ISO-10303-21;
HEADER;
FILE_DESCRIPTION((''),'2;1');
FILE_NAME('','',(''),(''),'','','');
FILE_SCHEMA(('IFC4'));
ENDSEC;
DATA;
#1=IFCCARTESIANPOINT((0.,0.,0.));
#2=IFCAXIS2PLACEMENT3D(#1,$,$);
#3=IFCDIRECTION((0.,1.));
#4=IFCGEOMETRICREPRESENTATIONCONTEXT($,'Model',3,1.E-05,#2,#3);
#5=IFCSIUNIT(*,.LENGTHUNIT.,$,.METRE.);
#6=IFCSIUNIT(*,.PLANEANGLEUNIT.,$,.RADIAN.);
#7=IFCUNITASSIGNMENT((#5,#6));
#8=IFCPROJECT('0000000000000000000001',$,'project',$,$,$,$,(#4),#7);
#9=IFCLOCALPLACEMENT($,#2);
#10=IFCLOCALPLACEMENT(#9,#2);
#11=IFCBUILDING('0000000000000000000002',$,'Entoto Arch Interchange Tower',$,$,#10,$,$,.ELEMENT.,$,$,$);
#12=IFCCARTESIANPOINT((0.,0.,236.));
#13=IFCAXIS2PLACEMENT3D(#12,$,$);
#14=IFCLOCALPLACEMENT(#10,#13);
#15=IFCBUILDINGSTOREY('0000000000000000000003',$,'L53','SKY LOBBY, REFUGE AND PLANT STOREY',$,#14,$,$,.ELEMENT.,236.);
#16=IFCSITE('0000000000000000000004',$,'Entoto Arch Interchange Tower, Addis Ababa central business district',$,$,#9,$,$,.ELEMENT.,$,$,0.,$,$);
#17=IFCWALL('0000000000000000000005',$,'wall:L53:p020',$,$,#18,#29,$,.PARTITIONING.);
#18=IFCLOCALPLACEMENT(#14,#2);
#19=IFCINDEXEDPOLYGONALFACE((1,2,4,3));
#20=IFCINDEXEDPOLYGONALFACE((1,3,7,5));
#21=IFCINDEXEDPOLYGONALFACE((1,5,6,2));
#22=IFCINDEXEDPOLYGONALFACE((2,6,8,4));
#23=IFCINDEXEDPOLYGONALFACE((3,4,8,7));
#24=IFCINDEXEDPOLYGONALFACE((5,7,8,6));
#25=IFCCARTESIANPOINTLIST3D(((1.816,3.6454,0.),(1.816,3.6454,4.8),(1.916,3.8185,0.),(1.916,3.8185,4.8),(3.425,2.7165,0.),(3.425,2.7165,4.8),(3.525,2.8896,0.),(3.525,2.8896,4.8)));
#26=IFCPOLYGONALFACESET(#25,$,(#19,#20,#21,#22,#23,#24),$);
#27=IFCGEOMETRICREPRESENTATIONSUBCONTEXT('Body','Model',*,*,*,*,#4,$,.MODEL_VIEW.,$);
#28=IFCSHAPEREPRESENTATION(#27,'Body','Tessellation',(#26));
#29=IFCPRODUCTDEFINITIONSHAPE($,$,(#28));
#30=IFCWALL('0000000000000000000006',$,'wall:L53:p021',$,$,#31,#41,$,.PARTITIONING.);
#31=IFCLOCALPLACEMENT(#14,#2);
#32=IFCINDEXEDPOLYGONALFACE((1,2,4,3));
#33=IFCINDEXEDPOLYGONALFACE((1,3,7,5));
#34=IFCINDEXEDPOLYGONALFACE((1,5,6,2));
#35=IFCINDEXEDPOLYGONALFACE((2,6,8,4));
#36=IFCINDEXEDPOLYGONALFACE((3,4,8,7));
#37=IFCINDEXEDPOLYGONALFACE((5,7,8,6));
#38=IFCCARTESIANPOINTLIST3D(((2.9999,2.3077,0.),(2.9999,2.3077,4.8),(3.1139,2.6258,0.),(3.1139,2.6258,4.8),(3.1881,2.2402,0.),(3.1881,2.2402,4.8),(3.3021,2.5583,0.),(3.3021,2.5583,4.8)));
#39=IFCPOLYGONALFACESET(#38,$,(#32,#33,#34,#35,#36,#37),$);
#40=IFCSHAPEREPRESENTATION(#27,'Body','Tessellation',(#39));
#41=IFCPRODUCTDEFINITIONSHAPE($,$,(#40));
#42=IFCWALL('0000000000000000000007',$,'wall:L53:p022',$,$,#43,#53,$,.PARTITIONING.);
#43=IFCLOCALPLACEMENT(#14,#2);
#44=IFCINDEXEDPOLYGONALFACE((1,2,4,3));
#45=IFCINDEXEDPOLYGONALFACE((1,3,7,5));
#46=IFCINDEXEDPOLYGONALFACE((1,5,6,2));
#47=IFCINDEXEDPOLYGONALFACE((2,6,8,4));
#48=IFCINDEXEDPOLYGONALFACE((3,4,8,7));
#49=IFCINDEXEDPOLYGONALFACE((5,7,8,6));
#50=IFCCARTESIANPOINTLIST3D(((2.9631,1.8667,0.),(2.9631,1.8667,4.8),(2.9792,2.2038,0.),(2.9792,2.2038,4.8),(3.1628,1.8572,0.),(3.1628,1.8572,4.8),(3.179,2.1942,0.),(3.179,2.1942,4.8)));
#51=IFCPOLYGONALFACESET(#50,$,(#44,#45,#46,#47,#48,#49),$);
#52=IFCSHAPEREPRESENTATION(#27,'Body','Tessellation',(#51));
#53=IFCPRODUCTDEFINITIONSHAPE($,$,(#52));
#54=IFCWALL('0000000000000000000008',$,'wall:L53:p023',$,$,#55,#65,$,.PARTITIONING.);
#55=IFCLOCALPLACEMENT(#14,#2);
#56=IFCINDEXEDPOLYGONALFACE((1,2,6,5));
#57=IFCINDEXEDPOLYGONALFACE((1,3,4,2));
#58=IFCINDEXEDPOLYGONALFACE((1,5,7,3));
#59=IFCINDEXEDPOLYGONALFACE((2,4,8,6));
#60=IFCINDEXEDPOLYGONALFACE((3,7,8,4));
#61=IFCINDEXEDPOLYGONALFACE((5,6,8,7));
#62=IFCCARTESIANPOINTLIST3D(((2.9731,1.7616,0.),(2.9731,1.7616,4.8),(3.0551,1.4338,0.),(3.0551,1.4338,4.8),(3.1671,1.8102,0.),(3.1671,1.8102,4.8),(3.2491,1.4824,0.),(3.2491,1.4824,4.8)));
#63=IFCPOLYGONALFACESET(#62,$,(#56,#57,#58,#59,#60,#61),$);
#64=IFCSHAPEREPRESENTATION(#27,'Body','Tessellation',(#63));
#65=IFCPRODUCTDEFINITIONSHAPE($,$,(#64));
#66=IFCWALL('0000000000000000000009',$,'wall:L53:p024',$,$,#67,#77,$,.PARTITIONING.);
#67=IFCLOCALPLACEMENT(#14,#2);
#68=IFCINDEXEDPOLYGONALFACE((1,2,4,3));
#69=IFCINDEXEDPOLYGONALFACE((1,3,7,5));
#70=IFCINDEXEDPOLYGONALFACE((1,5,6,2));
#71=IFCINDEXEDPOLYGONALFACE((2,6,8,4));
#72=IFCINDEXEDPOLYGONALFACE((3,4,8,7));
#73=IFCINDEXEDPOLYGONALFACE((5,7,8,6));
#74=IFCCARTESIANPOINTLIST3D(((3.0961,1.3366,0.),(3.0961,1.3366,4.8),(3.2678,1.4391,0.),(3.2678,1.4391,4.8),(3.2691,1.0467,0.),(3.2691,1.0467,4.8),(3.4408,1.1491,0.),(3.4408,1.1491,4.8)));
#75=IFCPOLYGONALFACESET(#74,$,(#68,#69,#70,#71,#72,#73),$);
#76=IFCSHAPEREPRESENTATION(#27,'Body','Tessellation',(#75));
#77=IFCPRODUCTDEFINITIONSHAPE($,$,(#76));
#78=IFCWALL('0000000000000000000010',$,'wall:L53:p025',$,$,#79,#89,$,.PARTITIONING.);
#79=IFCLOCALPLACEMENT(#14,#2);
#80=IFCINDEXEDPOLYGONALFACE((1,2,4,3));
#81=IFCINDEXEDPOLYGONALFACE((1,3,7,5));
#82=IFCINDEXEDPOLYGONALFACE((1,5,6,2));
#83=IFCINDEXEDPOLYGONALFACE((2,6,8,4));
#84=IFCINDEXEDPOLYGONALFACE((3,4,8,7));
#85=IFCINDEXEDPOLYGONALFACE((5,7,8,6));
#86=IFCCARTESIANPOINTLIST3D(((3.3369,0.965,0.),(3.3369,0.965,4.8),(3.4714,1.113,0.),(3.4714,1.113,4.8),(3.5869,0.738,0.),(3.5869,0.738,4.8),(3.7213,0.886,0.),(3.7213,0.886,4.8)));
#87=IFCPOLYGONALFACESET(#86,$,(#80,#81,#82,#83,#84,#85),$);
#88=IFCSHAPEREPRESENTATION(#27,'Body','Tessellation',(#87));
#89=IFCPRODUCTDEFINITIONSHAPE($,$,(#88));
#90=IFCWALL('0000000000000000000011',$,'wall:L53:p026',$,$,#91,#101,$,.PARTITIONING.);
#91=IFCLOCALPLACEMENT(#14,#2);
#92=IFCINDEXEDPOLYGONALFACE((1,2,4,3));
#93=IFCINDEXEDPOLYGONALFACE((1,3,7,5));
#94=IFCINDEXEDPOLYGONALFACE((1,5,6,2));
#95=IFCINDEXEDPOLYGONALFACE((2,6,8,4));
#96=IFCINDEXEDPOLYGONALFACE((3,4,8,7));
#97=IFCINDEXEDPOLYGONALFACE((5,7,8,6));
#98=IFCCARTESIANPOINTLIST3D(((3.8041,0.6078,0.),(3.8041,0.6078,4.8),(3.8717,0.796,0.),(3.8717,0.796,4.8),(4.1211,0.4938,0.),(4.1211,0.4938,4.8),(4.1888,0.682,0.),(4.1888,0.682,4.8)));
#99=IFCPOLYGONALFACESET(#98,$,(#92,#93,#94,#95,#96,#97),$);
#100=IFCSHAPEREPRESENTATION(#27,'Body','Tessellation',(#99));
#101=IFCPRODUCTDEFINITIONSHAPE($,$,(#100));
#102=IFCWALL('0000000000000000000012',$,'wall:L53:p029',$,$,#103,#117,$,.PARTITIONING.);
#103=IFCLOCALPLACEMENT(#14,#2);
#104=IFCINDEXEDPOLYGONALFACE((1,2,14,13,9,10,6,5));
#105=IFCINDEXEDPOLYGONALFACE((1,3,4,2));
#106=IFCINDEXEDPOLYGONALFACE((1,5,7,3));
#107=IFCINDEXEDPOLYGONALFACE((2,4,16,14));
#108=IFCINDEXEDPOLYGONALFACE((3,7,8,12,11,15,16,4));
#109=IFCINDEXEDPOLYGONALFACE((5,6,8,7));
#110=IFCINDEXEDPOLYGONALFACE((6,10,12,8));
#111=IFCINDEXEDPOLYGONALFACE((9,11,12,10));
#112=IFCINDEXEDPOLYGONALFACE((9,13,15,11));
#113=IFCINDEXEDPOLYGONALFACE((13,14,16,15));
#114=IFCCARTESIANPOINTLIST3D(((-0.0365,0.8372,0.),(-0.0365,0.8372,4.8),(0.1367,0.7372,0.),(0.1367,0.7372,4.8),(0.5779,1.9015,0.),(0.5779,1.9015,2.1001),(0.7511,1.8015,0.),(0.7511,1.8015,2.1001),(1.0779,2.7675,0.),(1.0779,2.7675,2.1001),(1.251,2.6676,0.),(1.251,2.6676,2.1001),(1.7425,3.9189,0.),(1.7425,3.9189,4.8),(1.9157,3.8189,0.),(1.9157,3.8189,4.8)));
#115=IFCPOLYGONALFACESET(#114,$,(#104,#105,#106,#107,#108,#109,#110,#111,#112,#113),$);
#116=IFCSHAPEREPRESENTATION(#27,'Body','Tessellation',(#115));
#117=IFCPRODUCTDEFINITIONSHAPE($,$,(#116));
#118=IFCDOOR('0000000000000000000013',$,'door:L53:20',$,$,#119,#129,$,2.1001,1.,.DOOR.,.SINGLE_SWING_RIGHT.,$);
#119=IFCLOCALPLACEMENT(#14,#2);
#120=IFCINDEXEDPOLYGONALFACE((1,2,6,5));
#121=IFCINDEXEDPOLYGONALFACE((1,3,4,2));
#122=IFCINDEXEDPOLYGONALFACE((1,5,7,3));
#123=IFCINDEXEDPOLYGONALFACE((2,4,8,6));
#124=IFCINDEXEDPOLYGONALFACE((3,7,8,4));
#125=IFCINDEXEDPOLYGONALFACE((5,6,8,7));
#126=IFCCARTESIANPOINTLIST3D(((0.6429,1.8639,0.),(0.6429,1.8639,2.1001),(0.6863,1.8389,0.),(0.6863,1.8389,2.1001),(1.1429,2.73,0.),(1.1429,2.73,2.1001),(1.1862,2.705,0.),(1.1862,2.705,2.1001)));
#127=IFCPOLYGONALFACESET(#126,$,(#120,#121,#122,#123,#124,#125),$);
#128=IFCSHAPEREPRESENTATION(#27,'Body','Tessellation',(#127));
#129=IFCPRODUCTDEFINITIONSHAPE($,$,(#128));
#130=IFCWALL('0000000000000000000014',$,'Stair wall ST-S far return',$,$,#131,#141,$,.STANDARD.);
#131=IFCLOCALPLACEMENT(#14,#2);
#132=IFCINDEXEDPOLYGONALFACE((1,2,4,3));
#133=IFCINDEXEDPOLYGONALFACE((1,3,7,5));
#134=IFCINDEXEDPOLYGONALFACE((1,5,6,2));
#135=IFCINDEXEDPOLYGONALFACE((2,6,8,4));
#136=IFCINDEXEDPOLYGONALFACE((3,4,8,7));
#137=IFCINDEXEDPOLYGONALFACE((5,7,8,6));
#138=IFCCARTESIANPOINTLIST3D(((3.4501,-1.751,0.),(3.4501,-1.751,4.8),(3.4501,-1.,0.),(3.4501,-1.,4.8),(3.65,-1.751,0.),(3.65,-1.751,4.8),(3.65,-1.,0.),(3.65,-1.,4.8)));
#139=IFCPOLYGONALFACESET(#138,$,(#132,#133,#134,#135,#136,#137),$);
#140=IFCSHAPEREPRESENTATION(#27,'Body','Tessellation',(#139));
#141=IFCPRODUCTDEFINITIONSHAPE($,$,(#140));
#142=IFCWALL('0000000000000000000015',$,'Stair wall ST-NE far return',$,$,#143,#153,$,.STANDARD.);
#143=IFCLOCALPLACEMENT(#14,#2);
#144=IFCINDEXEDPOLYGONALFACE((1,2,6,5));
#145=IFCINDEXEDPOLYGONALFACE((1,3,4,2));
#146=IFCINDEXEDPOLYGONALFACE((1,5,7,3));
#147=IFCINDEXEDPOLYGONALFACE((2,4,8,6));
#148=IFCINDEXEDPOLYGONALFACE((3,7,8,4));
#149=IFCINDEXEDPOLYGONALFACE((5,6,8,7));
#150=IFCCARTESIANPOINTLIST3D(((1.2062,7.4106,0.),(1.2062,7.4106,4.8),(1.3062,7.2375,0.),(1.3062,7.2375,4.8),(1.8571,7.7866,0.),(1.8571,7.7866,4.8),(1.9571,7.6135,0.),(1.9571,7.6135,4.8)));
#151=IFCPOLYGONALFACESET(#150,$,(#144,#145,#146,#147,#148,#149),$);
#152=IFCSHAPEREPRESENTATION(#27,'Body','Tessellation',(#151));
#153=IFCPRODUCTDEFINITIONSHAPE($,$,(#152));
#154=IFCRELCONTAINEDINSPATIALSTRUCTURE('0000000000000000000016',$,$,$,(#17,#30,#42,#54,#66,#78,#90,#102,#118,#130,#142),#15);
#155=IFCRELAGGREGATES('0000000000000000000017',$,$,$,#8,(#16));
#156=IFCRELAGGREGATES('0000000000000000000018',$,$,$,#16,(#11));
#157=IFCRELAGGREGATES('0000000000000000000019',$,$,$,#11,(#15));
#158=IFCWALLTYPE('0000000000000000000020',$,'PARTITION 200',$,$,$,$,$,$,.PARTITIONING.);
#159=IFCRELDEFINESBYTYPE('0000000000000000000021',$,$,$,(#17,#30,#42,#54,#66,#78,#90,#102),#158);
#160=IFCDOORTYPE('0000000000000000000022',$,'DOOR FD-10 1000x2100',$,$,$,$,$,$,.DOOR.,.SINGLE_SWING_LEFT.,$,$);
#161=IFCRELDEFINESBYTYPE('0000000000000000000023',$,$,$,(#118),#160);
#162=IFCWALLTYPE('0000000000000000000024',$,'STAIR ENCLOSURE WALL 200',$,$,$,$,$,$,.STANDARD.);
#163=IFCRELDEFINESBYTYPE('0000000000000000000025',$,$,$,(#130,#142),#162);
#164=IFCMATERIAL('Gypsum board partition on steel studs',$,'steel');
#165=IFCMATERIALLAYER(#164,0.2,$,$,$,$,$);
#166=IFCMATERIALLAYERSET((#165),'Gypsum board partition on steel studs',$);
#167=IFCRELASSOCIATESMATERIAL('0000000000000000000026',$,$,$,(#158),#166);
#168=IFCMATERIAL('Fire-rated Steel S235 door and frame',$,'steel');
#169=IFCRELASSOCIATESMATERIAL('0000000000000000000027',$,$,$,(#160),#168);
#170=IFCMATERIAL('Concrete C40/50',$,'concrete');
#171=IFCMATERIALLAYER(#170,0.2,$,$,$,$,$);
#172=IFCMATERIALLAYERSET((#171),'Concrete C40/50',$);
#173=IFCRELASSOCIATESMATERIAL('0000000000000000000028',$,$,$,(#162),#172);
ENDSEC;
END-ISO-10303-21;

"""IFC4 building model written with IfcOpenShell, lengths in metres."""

from ifc_helpers import new_model, si_unit, direction, frame, frame_2d, origin, place, context, subcontext, project, spatial, rectangle, extrude, material, layer, layer_set, type_object, element, fill, save


model = new_model("IFC4")

# Units and contexts
model_context = context("Model", 3, precision=1e-05, world=origin(), true_north=direction((0.0, 1.0)))
body_context = subcontext(model_context, "Body", "Model", "MODEL_VIEW")
ifc_project = project(units=[si_unit("LENGTHUNIT", "METRE"), si_unit("PLANEANGLEUNIT", "RADIAN")], contexts=[model_context])

# Site, building, storey
site_placement = place(None, origin())
site = spatial("IfcSite", under=ifc_project, at=site_placement, Name="Entoto Arch Interchange Tower, Addis Ababa central business district", CompositionType="ELEMENT", RefElevation=0.0)
building_placement = place(site_placement, origin())
building = spatial("IfcBuilding", under=site, at=building_placement, Name="Entoto Arch Interchange Tower", CompositionType="ELEMENT")
storey_placement = place(building_placement, frame((0.0, 0.0, 236.0)))
storey = spatial("IfcBuildingStorey", under=building, at=storey_placement, Name="L53", Description="SKY LOBBY, REFUGE AND PLANT STOREY", CompositionType="ELEMENT", Elevation=236.0)

# Shared definitions
ifc_material_1 = material(Name="Concrete C40/50", Category="concrete")

# Walls
ifc_material_2 = material(Name="Gypsum board partition on steel studs", Category="steel")
ifc_layer_1 = layer(ifc_material_2, 0.2)
ifc_layer_set_1 = layer_set([ifc_layer_1], Name="Gypsum board partition on steel studs")
wall_type_1 = type_object("IfcWallType", Name="PARTITION 200", PredefinedType="PARTITIONING", material=ifc_layer_set_1)
wall_1_placement = place(storey_placement, frame((1.866, 3.7319, 0.0), z_axis=(0.0, 0.0, 1.0), x_axis=(0.866043, -0.499969, 0.0)))
element("IfcWall", 1, at=wall_1_placement, inside=storey, type_object=wall_type_1, Name="wall:L53:p020", PredefinedType="PARTITIONING", context=body_context, shape_type="SweptSolid", body=[
    extrude(rectangle(XDim=1.8579, YDim=0.2, at=frame_2d((0.929, 0.0))), origin(), (0.0, 0.0, 1.0), 4.8),
])
wall_2_placement = place(storey_placement, frame((3.208, 2.592, 0.0), z_axis=(0.0, 0.0, 1.0), x_axis=(-0.337389, -0.941365, 0.0)))
element("IfcWall", 2, at=wall_2_placement, inside=storey, type_object=wall_type_1, Name="wall:L53:p021", PredefinedType="PARTITIONING", context=body_context, shape_type="SweptSolid", body=[
    extrude(rectangle(XDim=0.3379, YDim=0.2, at=frame_2d((0.1689, 0.0))), origin(), (0.0, 0.0, 1.0), 4.8),
])
wall_3_placement = place(storey_placement, frame((3.0791, 2.199, 0.0), z_axis=(0.0, 0.0, 1.0), x_axis=(-0.047771, -0.998858, 0.0)))
element("IfcWall", 3, at=wall_3_placement, inside=storey, type_object=wall_type_1, Name="wall:L53:p022", PredefinedType="PARTITIONING", context=body_context, shape_type="SweptSolid", body=[
    extrude(rectangle(XDim=0.3374, YDim=0.2, at=frame_2d((0.1687, 0.0))), origin(), (0.0, 0.0, 1.0), 4.8),
])
wall_4_placement = place(storey_placement, frame((3.0701, 1.7859, 0.0), z_axis=(0.0, 0.0, 1.0), x_axis=(0.242706, -0.9701, 0.0)))
element("IfcWall", 4, at=wall_4_placement, inside=storey, type_object=wall_type_1, Name="wall:L53:p023", PredefinedType="PARTITIONING", context=body_context, shape_type="SweptSolid", body=[
    extrude(rectangle(XDim=0.3379, YDim=0.2, at=frame_2d((0.1689, 0.0))), origin(), (0.0, 0.0, 1.0), 4.8),
])
for number, where, z_axis, x_axis, name in (
    (5, (3.1819, 1.3879, 0.0), (0.0, 0.0, 1.0), (0.512475, -0.858702, 0.0), "wall:L53:p024"),
    (6, (3.4041, 1.0391, 0.0), (0.0, 0.0, 1.0), (0.740267, -0.672313, 0.0), "wall:L53:p025"),
):
    element("IfcWall", number, at=place(storey_placement, frame(where, z_axis=z_axis, x_axis=x_axis)), inside=storey, type_object=wall_type_1, Name=name, PredefinedType="PARTITIONING", context=body_context, shape_type="SweptSolid", body=[
        extrude(rectangle(XDim=0.3376, YDim=0.2, at=frame_2d((0.1689, 0.0))), origin(), (0.0, 0.0, 1.0), 4.8),
    ])
wall_5_placement = place(storey_placement, frame((3.8379, 0.7019, 0.0), z_axis=(0.0, 0.0, 1.0), x_axis=(0.941035, -0.338309, 0.0)))
element("IfcWall", 7, at=wall_5_placement, inside=storey, type_object=wall_type_1, Name="wall:L53:p026", PredefinedType="PARTITIONING", context=body_context, shape_type="SweptSolid", body=[
    extrude(rectangle(XDim=0.3369, YDim=0.2, at=frame_2d((0.1685, 0.0))), origin(), (0.0, 0.0, 1.0), 4.8),
])

# Wall, opening, door
wall_6_placement = place(storey_placement, frame((0.05, 0.7871, 0.0), z_axis=(0.0, 0.0, 1.0), x_axis=(0.499954, 0.866052, 0.0)))
wall_6 = element("IfcWall", 8, at=wall_6_placement, inside=storey, type_object=wall_type_1, Name="wall:L53:p029", PredefinedType="PARTITIONING", context=body_context, shape_type="SweptSolid", body=[
    extrude(rectangle(XDim=3.5583, YDim=0.2, at=frame_2d((1.7793, 0.0))), origin(), (0.0, 0.0, 1.0), 4.8),
])
opening_placement = place(wall_6_placement, frame((1.229, 0.0, 0.0)))
opening = element("IfcOpeningElement", 9, at=opening_placement, cuts=wall_6, PredefinedType="OPENING", context=body_context, shape_type="SweptSolid", body=[
    extrude(rectangle(XDim=1.0, YDim=2.1001, at=frame_2d((0.5, 1.05))), frame((0.0, 0.1099, 0.0), z_axis=(0.0, -1.0, 0.0), x_axis=(1.0, 0.0, 0.0)), (0.0, 0.0, 1.0), 0.22),
])
ifc_material_3 = material(Name="Fire-rated Steel S235 door and frame", Category="steel")
door_type = type_object("IfcDoorType", Name="DOOR FD-10 1000x2100", OperationType="SINGLE_SWING_LEFT", PredefinedType="DOOR", material=ifc_material_3)
door_placement = place(opening_placement, origin())
door = element("IfcDoor", 10, at=door_placement, inside=storey, type_object=door_type, Name="door:L53:20", OperationType="SINGLE_SWING_RIGHT", OverallHeight=2.1001, OverallWidth=1.0, PredefinedType="DOOR", context=body_context, shape_type="SweptSolid", body=[
    extrude(rectangle(XDim=1.0, YDim=2.1001, at=frame_2d((0.5, 1.05))), frame((0.0, 0.0249, 0.0), z_axis=(0.0, -1.0, 0.0), x_axis=(1.0, 0.0, 0.0)), (0.0, 0.0, 1.0), 0.05),
])
fill(opening, door)

# Walls
ifc_layer_2 = layer(ifc_material_1, 0.2)
ifc_layer_set_2 = layer_set([ifc_layer_2], Name="Concrete C40/50")
wall_type_2 = type_object("IfcWallType", Name="STAIR ENCLOSURE WALL 200", PredefinedType="STANDARD", material=ifc_layer_set_2)
wall_7_placement = place(storey_placement, frame((3.55, -1.0, 0.0), z_axis=(0.0, 0.0, 1.0), x_axis=(0.0, -1.0, 0.0)))
element("IfcWall", 11, at=wall_7_placement, inside=storey, type_object=wall_type_2, Name="Stair wall ST-S far return", PredefinedType="STANDARD", context=body_context, shape_type="SweptSolid", body=[
    extrude(rectangle(XDim=0.751, YDim=0.2, at=frame_2d((0.3755, 0.0))), origin(), (0.0, 0.0, 1.0), 4.8),
])
wall_8_placement = place(storey_placement, frame((1.2561, 7.324, 0.0), z_axis=(0.0, 0.0, 1.0), x_axis=(0.865915, 0.500191, 0.0)))
element("IfcWall", 12, at=wall_8_placement, inside=storey, type_object=wall_type_2, Name="Stair wall ST-NE far return", PredefinedType="STANDARD", context=body_context, shape_type="SweptSolid", body=[
    extrude(rectangle(XDim=0.7517, YDim=0.2, at=frame_2d((0.376, 0.0))), origin(), (0.0, 0.0, 1.0), 4.8),
])

save(model, "model.ifc")
